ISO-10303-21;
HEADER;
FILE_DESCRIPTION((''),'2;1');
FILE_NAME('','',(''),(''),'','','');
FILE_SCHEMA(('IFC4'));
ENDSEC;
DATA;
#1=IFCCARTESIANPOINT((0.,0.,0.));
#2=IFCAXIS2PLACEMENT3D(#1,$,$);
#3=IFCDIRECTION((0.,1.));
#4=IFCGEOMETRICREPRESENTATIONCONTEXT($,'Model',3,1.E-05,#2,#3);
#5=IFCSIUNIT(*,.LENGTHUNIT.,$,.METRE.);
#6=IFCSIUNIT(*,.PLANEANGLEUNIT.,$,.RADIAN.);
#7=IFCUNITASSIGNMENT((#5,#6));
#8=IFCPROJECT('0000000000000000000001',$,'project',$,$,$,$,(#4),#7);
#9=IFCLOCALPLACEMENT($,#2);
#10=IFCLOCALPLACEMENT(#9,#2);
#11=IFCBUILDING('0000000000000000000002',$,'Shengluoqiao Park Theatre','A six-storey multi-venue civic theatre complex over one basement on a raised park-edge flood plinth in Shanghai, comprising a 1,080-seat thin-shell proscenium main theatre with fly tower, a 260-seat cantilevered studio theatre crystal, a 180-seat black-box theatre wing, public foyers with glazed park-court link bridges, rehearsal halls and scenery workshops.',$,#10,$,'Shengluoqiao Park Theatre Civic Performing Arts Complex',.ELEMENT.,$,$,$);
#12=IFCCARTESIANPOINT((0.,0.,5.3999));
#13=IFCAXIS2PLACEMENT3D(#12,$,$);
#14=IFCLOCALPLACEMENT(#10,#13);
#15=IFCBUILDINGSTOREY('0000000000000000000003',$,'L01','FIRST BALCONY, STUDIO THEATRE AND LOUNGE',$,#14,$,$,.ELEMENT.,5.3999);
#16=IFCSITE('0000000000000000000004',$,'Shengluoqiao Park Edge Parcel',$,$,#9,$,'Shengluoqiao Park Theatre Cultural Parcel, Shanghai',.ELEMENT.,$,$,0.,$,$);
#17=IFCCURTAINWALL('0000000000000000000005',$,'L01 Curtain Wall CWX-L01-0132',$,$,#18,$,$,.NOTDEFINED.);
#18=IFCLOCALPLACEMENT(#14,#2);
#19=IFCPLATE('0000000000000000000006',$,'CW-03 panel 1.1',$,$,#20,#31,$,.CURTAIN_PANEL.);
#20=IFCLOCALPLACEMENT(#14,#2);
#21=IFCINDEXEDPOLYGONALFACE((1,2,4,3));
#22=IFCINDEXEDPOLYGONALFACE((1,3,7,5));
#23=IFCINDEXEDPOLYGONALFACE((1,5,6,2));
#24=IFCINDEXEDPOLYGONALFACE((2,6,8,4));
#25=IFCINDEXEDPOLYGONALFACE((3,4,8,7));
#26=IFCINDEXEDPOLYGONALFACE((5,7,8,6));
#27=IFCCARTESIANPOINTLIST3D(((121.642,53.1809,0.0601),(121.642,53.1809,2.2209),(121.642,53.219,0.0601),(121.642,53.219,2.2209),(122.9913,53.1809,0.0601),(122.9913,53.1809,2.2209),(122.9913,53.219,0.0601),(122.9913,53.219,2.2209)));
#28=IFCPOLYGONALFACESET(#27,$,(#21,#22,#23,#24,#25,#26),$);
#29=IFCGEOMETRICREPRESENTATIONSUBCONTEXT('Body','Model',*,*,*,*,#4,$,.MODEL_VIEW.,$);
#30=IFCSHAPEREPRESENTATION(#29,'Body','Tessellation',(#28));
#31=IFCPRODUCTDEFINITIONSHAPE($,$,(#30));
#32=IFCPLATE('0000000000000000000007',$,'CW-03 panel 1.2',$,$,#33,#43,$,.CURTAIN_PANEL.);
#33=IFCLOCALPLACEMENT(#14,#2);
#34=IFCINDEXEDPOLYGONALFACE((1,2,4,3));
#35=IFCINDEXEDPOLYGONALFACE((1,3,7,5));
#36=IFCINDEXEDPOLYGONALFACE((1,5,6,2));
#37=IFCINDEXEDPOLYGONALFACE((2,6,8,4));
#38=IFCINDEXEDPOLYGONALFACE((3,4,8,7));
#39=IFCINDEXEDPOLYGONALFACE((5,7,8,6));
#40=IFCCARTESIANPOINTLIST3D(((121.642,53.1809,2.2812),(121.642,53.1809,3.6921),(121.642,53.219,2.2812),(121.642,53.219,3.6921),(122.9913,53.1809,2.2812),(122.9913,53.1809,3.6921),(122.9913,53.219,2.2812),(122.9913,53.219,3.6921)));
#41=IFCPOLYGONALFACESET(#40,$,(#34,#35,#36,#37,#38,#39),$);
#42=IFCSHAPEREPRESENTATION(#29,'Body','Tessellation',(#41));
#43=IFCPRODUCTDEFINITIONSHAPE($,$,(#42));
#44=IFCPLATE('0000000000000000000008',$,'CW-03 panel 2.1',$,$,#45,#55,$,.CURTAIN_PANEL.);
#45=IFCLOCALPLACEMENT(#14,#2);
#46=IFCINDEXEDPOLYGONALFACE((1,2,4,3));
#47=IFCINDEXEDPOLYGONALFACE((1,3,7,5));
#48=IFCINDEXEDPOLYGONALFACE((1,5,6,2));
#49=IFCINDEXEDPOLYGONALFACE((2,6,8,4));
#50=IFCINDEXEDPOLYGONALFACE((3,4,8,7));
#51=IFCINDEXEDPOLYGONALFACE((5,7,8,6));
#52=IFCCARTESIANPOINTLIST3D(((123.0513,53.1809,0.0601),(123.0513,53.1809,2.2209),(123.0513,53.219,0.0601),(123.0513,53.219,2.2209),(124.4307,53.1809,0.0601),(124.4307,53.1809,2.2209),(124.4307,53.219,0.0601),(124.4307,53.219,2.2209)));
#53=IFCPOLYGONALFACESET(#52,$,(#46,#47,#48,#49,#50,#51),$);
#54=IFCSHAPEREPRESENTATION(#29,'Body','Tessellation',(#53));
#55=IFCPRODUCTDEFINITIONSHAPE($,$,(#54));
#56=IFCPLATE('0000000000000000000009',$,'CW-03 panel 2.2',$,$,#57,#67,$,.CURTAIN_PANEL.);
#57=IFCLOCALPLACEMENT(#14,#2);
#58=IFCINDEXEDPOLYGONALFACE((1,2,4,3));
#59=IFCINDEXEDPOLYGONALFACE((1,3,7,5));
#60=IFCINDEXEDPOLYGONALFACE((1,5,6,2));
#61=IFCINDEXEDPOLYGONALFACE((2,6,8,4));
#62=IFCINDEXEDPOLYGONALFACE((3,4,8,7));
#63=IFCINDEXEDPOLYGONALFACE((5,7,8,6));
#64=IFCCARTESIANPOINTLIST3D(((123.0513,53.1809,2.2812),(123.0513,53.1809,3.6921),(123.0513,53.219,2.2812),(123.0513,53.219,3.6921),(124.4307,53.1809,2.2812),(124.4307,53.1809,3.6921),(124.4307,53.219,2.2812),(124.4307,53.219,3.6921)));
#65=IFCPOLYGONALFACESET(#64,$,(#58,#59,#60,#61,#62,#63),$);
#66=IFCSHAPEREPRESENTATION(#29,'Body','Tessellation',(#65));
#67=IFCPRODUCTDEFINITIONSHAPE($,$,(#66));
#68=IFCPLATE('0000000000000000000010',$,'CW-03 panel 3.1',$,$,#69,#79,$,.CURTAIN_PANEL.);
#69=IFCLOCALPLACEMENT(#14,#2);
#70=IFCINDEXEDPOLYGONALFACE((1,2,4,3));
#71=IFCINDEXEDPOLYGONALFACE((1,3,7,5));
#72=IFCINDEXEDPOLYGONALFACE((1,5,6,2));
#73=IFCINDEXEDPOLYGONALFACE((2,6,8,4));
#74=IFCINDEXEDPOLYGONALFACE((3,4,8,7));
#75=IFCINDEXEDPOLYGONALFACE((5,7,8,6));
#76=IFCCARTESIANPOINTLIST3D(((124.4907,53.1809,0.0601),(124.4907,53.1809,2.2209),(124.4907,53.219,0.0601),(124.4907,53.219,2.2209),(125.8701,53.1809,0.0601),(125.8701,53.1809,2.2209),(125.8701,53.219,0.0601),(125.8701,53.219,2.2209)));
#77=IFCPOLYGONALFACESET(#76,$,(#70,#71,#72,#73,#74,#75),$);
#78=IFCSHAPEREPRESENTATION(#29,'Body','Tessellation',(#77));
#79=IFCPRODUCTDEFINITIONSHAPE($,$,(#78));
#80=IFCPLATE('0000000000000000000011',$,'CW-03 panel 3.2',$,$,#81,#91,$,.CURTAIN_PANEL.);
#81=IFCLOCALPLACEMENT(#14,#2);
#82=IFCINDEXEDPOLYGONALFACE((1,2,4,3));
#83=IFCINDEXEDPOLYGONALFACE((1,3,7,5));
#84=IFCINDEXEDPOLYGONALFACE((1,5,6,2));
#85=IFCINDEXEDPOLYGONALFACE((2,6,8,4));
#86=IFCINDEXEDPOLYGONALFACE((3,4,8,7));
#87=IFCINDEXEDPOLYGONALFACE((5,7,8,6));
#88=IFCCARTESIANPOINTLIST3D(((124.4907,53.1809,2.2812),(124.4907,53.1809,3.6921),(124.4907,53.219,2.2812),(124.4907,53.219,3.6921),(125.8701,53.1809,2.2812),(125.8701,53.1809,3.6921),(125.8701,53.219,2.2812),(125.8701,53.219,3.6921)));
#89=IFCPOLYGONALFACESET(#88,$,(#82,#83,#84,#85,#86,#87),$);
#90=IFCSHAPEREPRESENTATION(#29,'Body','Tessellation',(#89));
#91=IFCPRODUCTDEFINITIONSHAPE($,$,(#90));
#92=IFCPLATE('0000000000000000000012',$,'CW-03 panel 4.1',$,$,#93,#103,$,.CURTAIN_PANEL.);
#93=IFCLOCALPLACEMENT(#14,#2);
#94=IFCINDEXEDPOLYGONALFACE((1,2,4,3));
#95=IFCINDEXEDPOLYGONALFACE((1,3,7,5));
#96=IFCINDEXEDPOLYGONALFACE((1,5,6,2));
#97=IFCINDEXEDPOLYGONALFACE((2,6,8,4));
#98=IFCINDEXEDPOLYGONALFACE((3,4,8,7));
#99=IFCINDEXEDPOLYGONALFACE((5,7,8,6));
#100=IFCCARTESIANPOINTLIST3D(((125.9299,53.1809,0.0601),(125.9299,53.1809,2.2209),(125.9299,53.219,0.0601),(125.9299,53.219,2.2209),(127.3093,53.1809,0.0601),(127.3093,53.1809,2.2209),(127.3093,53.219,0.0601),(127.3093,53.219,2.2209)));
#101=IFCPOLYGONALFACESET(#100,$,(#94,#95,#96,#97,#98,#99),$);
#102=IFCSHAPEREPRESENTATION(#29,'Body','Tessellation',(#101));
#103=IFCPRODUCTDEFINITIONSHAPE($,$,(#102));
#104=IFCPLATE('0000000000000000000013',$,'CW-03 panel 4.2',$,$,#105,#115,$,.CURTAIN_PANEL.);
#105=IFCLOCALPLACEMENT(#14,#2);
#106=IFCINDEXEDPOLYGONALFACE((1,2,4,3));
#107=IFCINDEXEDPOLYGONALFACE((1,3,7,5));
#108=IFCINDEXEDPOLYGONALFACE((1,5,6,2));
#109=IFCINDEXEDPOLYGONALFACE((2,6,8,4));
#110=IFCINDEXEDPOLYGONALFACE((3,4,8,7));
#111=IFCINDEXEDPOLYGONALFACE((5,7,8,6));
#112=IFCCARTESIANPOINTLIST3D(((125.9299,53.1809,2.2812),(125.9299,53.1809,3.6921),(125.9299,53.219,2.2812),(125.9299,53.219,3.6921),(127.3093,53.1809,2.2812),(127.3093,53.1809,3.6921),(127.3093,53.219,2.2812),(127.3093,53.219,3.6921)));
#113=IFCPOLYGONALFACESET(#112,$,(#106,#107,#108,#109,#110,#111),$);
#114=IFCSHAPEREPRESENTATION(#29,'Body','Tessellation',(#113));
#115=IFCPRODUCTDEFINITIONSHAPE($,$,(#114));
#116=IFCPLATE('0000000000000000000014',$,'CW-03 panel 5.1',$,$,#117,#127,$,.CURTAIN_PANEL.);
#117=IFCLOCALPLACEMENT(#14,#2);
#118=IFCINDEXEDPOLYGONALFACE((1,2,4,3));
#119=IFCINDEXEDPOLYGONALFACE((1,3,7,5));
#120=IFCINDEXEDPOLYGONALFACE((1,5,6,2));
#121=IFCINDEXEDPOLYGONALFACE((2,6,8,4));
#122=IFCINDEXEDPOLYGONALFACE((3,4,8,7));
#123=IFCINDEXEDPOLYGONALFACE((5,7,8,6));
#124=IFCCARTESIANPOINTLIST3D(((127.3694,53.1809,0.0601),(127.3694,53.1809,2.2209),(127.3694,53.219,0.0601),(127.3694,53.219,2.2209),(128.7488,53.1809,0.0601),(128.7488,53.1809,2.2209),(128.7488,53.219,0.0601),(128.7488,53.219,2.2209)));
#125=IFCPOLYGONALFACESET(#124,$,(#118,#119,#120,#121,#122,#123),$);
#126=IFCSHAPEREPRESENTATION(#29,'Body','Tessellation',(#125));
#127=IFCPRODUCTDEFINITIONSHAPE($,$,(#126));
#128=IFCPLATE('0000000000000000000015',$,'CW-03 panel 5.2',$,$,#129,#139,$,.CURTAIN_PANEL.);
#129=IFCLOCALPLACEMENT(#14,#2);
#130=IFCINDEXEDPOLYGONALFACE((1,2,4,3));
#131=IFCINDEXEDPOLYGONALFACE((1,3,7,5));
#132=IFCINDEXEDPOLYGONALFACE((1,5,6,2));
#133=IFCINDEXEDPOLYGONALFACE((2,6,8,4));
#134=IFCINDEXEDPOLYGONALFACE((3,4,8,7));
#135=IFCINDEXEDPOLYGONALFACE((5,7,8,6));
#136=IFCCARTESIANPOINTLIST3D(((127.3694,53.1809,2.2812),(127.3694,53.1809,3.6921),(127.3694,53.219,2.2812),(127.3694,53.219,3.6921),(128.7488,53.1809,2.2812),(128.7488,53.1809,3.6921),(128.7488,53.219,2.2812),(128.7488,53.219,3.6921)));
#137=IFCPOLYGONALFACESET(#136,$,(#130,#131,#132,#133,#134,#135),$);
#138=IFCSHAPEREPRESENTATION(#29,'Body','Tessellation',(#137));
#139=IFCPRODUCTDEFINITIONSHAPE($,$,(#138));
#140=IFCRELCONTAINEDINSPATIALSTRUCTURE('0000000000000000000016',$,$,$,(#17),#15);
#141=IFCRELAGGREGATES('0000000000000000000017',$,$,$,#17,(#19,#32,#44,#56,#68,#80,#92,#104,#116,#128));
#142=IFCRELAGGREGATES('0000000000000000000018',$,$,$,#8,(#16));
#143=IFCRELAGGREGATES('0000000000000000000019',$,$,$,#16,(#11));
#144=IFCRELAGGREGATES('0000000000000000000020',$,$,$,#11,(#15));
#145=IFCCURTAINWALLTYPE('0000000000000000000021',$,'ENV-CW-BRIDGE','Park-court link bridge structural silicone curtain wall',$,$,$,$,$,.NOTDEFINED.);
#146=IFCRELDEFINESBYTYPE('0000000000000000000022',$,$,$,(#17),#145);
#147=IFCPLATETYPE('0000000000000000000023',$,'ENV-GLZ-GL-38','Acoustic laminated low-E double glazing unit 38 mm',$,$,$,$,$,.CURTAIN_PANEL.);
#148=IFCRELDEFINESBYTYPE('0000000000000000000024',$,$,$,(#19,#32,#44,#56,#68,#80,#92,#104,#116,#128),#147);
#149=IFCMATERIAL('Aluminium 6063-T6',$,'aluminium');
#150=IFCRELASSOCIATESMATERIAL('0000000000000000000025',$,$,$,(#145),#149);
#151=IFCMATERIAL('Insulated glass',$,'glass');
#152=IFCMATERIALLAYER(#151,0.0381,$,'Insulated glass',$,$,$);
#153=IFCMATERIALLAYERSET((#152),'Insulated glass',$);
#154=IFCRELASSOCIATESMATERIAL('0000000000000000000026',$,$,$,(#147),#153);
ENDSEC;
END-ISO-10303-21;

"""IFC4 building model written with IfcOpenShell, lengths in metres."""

from ifc_helpers import new_model, si_unit, direction, frame, origin, origin_2d, place, context, subcontext, project, spatial, rectangle, extrude, material, layer, layer_set, type_object, element, aggregate, save


model = new_model("IFC4")

# Units and contexts
model_context = context("Model", 3, precision=1e-05, world=origin(), true_north=direction((0.0, 1.0)))
body_context = subcontext(model_context, "Body", "Model", "MODEL_VIEW")
ifc_project = project(units=[si_unit("LENGTHUNIT", "METRE"), si_unit("PLANEANGLEUNIT", "RADIAN")], contexts=[model_context])

# Site, building, storey
site_placement = place(None, origin())
site = spatial("IfcSite", under=ifc_project, at=site_placement, Name="Shengluoqiao Park Edge Parcel", LongName="Shengluoqiao Park Theatre Cultural Parcel, Shanghai", CompositionType="ELEMENT", RefElevation=0.0)
building_placement = place(site_placement, origin())
building = spatial("IfcBuilding", under=site, at=building_placement, Name="Shengluoqiao Park Theatre", Description="A six-storey multi-venue civic theatre complex over one basement on a raised park-edge flood plinth in Shanghai, comprising a 1,080-seat thin-shell proscenium main theatre with fly tower, a 260-seat cantilevered studio theatre crystal, a 180-seat black-box theatre wing, public foyers with glazed park-court link bridges, rehearsal halls and scenery workshops.", LongName="Shengluoqiao Park Theatre Civic Performing Arts Complex", CompositionType="ELEMENT")
storey_placement = place(building_placement, frame((0.0, 0.0, 5.3999)))
storey = spatial("IfcBuildingStorey", under=building, at=storey_placement, Name="L01", Description="FIRST BALCONY, STUDIO THEATRE AND LOUNGE", CompositionType="ELEMENT", Elevation=5.3999)

# Curtain wall
ifc_material_1 = material(Name="Aluminium 6063-T6", Category="aluminium")
curtain_wall_type = type_object("IfcCurtainWallType", Name="ENV-CW-BRIDGE", Description="Park-court link bridge structural silicone curtain wall", PredefinedType="NOTDEFINED", material=ifc_material_1)
curtain_wall_placement = place(storey_placement, origin())
curtain_wall = element("IfcCurtainWall", 1, at=curtain_wall_placement, inside=storey, type_object=curtain_wall_type, Name="L01 Curtain Wall CWX-L01-0132", PredefinedType="NOTDEFINED")

# Plates
ifc_material_2 = material(Name="Insulated glass", Category="glass")
ifc_layer = layer(ifc_material_2, 0.0381, Name="Insulated glass")
ifc_layer_set = layer_set([ifc_layer], Name="Insulated glass")
plate_type = type_object("IfcPlateType", Name="ENV-GLZ-GL-38", Description="Acoustic laminated low-E double glazing unit 38 mm", PredefinedType="CURTAIN_PANEL", material=ifc_layer_set)
plate_1_placement = place(storey_placement, frame((122.3167, 53.2, 0.0601), z_axis=(0.0, 0.0, 1.0), x_axis=(1.0, 0.0, 0.0)))
plate_1 = element("IfcPlate", 2, at=plate_1_placement, type_object=plate_type, Name="CW-03 panel 1.1", PredefinedType="CURTAIN_PANEL", context=body_context, shape_type="SweptSolid", body=[
    extrude(rectangle(XDim=1.3494, YDim=0.0381, at=origin_2d()), origin(), (0.0, 0.0, 1.0), 2.1609),
])
plate_2_placement = place(storey_placement, frame((122.3167, 53.2, 2.2812), z_axis=(0.0, 0.0, 1.0), x_axis=(1.0, 0.0, 0.0)))
plate_2 = element("IfcPlate", 3, at=plate_2_placement, type_object=plate_type, Name="CW-03 panel 1.2", PredefinedType="CURTAIN_PANEL", context=body_context, shape_type="SweptSolid", body=[
    extrude(rectangle(XDim=1.3494, YDim=0.0381, at=origin_2d()), origin(), (0.0, 0.0, 1.0), 1.4109),
])
plate_3_placement = place(storey_placement, frame((123.741, 53.2, 0.0601), z_axis=(0.0, 0.0, 1.0), x_axis=(1.0, 0.0, 0.0)))
plate_3 = element("IfcPlate", 4, at=plate_3_placement, type_object=plate_type, Name="CW-03 panel 2.1", PredefinedType="CURTAIN_PANEL", context=body_context, shape_type="SweptSolid", body=[
    extrude(rectangle(XDim=1.3794, YDim=0.0381, at=origin_2d()), origin(), (0.0, 0.0, 1.0), 2.1609),
])
plate_4_placement = place(storey_placement, frame((123.741, 53.2, 2.2812), z_axis=(0.0, 0.0, 1.0), x_axis=(1.0, 0.0, 0.0)))
plate_4 = element("IfcPlate", 5, at=plate_4_placement, type_object=plate_type, Name="CW-03 panel 2.2", PredefinedType="CURTAIN_PANEL", context=body_context, shape_type="SweptSolid", body=[
    extrude(rectangle(XDim=1.3794, YDim=0.0381, at=origin_2d()), origin(), (0.0, 0.0, 1.0), 1.4109),
])
plate_5_placement = place(storey_placement, frame((125.1804, 53.2, 0.0601), z_axis=(0.0, 0.0, 1.0), x_axis=(1.0, 0.0, 0.0)))
plate_5 = element("IfcPlate", 6, at=plate_5_placement, type_object=plate_type, Name="CW-03 panel 3.1", PredefinedType="CURTAIN_PANEL", context=body_context, shape_type="SweptSolid", body=[
    extrude(rectangle(XDim=1.3794, YDim=0.0381, at=origin_2d()), origin(), (0.0, 0.0, 1.0), 2.1609),
])
plate_6_placement = place(storey_placement, frame((125.1804, 53.2, 2.2812), z_axis=(0.0, 0.0, 1.0), x_axis=(1.0, 0.0, 0.0)))
plate_6 = element("IfcPlate", 7, at=plate_6_placement, type_object=plate_type, Name="CW-03 panel 3.2", PredefinedType="CURTAIN_PANEL", context=body_context, shape_type="SweptSolid", body=[
    extrude(rectangle(XDim=1.3794, YDim=0.0381, at=origin_2d()), origin(), (0.0, 0.0, 1.0), 1.4109),
])
plate_7_placement = place(storey_placement, frame((126.6196, 53.2, 0.0601), z_axis=(0.0, 0.0, 1.0), x_axis=(1.0, 0.0, 0.0)))
plate_7 = element("IfcPlate", 8, at=plate_7_placement, type_object=plate_type, Name="CW-03 panel 4.1", PredefinedType="CURTAIN_PANEL", context=body_context, shape_type="SweptSolid", body=[
    extrude(rectangle(XDim=1.3794, YDim=0.0381, at=origin_2d()), origin(), (0.0, 0.0, 1.0), 2.1609),
])
plate_8_placement = place(storey_placement, frame((126.6196, 53.2, 2.2812), z_axis=(0.0, 0.0, 1.0), x_axis=(1.0, 0.0, 0.0)))
plate_8 = element("IfcPlate", 9, at=plate_8_placement, type_object=plate_type, Name="CW-03 panel 4.2", PredefinedType="CURTAIN_PANEL", context=body_context, shape_type="SweptSolid", body=[
    extrude(rectangle(XDim=1.3794, YDim=0.0381, at=origin_2d()), origin(), (0.0, 0.0, 1.0), 1.4109),
])
plate_9_placement = place(storey_placement, frame((128.0591, 53.2, 0.0601), z_axis=(0.0, 0.0, 1.0), x_axis=(1.0, 0.0, 0.0)))
plate_9 = element("IfcPlate", 10, at=plate_9_placement, type_object=plate_type, Name="CW-03 panel 5.1", PredefinedType="CURTAIN_PANEL", context=body_context, shape_type="SweptSolid", body=[
    extrude(rectangle(XDim=1.3794, YDim=0.0381, at=origin_2d()), origin(), (0.0, 0.0, 1.0), 2.1609),
])
plate_10_placement = place(storey_placement, frame((128.0591, 53.2, 2.2812), z_axis=(0.0, 0.0, 1.0), x_axis=(1.0, 0.0, 0.0)))
plate_10 = element("IfcPlate", 11, at=plate_10_placement, type_object=plate_type, Name="CW-03 panel 5.2", PredefinedType="CURTAIN_PANEL", context=body_context, shape_type="SweptSolid", body=[
    extrude(rectangle(XDim=1.3794, YDim=0.0381, at=origin_2d()), origin(), (0.0, 0.0, 1.0), 1.4109),
])
aggregate(curtain_wall, [plate_1, plate_2, plate_3, plate_4, plate_5, plate_6, plate_7, plate_8, plate_9, plate_10])

save(model, "model.ifc")
